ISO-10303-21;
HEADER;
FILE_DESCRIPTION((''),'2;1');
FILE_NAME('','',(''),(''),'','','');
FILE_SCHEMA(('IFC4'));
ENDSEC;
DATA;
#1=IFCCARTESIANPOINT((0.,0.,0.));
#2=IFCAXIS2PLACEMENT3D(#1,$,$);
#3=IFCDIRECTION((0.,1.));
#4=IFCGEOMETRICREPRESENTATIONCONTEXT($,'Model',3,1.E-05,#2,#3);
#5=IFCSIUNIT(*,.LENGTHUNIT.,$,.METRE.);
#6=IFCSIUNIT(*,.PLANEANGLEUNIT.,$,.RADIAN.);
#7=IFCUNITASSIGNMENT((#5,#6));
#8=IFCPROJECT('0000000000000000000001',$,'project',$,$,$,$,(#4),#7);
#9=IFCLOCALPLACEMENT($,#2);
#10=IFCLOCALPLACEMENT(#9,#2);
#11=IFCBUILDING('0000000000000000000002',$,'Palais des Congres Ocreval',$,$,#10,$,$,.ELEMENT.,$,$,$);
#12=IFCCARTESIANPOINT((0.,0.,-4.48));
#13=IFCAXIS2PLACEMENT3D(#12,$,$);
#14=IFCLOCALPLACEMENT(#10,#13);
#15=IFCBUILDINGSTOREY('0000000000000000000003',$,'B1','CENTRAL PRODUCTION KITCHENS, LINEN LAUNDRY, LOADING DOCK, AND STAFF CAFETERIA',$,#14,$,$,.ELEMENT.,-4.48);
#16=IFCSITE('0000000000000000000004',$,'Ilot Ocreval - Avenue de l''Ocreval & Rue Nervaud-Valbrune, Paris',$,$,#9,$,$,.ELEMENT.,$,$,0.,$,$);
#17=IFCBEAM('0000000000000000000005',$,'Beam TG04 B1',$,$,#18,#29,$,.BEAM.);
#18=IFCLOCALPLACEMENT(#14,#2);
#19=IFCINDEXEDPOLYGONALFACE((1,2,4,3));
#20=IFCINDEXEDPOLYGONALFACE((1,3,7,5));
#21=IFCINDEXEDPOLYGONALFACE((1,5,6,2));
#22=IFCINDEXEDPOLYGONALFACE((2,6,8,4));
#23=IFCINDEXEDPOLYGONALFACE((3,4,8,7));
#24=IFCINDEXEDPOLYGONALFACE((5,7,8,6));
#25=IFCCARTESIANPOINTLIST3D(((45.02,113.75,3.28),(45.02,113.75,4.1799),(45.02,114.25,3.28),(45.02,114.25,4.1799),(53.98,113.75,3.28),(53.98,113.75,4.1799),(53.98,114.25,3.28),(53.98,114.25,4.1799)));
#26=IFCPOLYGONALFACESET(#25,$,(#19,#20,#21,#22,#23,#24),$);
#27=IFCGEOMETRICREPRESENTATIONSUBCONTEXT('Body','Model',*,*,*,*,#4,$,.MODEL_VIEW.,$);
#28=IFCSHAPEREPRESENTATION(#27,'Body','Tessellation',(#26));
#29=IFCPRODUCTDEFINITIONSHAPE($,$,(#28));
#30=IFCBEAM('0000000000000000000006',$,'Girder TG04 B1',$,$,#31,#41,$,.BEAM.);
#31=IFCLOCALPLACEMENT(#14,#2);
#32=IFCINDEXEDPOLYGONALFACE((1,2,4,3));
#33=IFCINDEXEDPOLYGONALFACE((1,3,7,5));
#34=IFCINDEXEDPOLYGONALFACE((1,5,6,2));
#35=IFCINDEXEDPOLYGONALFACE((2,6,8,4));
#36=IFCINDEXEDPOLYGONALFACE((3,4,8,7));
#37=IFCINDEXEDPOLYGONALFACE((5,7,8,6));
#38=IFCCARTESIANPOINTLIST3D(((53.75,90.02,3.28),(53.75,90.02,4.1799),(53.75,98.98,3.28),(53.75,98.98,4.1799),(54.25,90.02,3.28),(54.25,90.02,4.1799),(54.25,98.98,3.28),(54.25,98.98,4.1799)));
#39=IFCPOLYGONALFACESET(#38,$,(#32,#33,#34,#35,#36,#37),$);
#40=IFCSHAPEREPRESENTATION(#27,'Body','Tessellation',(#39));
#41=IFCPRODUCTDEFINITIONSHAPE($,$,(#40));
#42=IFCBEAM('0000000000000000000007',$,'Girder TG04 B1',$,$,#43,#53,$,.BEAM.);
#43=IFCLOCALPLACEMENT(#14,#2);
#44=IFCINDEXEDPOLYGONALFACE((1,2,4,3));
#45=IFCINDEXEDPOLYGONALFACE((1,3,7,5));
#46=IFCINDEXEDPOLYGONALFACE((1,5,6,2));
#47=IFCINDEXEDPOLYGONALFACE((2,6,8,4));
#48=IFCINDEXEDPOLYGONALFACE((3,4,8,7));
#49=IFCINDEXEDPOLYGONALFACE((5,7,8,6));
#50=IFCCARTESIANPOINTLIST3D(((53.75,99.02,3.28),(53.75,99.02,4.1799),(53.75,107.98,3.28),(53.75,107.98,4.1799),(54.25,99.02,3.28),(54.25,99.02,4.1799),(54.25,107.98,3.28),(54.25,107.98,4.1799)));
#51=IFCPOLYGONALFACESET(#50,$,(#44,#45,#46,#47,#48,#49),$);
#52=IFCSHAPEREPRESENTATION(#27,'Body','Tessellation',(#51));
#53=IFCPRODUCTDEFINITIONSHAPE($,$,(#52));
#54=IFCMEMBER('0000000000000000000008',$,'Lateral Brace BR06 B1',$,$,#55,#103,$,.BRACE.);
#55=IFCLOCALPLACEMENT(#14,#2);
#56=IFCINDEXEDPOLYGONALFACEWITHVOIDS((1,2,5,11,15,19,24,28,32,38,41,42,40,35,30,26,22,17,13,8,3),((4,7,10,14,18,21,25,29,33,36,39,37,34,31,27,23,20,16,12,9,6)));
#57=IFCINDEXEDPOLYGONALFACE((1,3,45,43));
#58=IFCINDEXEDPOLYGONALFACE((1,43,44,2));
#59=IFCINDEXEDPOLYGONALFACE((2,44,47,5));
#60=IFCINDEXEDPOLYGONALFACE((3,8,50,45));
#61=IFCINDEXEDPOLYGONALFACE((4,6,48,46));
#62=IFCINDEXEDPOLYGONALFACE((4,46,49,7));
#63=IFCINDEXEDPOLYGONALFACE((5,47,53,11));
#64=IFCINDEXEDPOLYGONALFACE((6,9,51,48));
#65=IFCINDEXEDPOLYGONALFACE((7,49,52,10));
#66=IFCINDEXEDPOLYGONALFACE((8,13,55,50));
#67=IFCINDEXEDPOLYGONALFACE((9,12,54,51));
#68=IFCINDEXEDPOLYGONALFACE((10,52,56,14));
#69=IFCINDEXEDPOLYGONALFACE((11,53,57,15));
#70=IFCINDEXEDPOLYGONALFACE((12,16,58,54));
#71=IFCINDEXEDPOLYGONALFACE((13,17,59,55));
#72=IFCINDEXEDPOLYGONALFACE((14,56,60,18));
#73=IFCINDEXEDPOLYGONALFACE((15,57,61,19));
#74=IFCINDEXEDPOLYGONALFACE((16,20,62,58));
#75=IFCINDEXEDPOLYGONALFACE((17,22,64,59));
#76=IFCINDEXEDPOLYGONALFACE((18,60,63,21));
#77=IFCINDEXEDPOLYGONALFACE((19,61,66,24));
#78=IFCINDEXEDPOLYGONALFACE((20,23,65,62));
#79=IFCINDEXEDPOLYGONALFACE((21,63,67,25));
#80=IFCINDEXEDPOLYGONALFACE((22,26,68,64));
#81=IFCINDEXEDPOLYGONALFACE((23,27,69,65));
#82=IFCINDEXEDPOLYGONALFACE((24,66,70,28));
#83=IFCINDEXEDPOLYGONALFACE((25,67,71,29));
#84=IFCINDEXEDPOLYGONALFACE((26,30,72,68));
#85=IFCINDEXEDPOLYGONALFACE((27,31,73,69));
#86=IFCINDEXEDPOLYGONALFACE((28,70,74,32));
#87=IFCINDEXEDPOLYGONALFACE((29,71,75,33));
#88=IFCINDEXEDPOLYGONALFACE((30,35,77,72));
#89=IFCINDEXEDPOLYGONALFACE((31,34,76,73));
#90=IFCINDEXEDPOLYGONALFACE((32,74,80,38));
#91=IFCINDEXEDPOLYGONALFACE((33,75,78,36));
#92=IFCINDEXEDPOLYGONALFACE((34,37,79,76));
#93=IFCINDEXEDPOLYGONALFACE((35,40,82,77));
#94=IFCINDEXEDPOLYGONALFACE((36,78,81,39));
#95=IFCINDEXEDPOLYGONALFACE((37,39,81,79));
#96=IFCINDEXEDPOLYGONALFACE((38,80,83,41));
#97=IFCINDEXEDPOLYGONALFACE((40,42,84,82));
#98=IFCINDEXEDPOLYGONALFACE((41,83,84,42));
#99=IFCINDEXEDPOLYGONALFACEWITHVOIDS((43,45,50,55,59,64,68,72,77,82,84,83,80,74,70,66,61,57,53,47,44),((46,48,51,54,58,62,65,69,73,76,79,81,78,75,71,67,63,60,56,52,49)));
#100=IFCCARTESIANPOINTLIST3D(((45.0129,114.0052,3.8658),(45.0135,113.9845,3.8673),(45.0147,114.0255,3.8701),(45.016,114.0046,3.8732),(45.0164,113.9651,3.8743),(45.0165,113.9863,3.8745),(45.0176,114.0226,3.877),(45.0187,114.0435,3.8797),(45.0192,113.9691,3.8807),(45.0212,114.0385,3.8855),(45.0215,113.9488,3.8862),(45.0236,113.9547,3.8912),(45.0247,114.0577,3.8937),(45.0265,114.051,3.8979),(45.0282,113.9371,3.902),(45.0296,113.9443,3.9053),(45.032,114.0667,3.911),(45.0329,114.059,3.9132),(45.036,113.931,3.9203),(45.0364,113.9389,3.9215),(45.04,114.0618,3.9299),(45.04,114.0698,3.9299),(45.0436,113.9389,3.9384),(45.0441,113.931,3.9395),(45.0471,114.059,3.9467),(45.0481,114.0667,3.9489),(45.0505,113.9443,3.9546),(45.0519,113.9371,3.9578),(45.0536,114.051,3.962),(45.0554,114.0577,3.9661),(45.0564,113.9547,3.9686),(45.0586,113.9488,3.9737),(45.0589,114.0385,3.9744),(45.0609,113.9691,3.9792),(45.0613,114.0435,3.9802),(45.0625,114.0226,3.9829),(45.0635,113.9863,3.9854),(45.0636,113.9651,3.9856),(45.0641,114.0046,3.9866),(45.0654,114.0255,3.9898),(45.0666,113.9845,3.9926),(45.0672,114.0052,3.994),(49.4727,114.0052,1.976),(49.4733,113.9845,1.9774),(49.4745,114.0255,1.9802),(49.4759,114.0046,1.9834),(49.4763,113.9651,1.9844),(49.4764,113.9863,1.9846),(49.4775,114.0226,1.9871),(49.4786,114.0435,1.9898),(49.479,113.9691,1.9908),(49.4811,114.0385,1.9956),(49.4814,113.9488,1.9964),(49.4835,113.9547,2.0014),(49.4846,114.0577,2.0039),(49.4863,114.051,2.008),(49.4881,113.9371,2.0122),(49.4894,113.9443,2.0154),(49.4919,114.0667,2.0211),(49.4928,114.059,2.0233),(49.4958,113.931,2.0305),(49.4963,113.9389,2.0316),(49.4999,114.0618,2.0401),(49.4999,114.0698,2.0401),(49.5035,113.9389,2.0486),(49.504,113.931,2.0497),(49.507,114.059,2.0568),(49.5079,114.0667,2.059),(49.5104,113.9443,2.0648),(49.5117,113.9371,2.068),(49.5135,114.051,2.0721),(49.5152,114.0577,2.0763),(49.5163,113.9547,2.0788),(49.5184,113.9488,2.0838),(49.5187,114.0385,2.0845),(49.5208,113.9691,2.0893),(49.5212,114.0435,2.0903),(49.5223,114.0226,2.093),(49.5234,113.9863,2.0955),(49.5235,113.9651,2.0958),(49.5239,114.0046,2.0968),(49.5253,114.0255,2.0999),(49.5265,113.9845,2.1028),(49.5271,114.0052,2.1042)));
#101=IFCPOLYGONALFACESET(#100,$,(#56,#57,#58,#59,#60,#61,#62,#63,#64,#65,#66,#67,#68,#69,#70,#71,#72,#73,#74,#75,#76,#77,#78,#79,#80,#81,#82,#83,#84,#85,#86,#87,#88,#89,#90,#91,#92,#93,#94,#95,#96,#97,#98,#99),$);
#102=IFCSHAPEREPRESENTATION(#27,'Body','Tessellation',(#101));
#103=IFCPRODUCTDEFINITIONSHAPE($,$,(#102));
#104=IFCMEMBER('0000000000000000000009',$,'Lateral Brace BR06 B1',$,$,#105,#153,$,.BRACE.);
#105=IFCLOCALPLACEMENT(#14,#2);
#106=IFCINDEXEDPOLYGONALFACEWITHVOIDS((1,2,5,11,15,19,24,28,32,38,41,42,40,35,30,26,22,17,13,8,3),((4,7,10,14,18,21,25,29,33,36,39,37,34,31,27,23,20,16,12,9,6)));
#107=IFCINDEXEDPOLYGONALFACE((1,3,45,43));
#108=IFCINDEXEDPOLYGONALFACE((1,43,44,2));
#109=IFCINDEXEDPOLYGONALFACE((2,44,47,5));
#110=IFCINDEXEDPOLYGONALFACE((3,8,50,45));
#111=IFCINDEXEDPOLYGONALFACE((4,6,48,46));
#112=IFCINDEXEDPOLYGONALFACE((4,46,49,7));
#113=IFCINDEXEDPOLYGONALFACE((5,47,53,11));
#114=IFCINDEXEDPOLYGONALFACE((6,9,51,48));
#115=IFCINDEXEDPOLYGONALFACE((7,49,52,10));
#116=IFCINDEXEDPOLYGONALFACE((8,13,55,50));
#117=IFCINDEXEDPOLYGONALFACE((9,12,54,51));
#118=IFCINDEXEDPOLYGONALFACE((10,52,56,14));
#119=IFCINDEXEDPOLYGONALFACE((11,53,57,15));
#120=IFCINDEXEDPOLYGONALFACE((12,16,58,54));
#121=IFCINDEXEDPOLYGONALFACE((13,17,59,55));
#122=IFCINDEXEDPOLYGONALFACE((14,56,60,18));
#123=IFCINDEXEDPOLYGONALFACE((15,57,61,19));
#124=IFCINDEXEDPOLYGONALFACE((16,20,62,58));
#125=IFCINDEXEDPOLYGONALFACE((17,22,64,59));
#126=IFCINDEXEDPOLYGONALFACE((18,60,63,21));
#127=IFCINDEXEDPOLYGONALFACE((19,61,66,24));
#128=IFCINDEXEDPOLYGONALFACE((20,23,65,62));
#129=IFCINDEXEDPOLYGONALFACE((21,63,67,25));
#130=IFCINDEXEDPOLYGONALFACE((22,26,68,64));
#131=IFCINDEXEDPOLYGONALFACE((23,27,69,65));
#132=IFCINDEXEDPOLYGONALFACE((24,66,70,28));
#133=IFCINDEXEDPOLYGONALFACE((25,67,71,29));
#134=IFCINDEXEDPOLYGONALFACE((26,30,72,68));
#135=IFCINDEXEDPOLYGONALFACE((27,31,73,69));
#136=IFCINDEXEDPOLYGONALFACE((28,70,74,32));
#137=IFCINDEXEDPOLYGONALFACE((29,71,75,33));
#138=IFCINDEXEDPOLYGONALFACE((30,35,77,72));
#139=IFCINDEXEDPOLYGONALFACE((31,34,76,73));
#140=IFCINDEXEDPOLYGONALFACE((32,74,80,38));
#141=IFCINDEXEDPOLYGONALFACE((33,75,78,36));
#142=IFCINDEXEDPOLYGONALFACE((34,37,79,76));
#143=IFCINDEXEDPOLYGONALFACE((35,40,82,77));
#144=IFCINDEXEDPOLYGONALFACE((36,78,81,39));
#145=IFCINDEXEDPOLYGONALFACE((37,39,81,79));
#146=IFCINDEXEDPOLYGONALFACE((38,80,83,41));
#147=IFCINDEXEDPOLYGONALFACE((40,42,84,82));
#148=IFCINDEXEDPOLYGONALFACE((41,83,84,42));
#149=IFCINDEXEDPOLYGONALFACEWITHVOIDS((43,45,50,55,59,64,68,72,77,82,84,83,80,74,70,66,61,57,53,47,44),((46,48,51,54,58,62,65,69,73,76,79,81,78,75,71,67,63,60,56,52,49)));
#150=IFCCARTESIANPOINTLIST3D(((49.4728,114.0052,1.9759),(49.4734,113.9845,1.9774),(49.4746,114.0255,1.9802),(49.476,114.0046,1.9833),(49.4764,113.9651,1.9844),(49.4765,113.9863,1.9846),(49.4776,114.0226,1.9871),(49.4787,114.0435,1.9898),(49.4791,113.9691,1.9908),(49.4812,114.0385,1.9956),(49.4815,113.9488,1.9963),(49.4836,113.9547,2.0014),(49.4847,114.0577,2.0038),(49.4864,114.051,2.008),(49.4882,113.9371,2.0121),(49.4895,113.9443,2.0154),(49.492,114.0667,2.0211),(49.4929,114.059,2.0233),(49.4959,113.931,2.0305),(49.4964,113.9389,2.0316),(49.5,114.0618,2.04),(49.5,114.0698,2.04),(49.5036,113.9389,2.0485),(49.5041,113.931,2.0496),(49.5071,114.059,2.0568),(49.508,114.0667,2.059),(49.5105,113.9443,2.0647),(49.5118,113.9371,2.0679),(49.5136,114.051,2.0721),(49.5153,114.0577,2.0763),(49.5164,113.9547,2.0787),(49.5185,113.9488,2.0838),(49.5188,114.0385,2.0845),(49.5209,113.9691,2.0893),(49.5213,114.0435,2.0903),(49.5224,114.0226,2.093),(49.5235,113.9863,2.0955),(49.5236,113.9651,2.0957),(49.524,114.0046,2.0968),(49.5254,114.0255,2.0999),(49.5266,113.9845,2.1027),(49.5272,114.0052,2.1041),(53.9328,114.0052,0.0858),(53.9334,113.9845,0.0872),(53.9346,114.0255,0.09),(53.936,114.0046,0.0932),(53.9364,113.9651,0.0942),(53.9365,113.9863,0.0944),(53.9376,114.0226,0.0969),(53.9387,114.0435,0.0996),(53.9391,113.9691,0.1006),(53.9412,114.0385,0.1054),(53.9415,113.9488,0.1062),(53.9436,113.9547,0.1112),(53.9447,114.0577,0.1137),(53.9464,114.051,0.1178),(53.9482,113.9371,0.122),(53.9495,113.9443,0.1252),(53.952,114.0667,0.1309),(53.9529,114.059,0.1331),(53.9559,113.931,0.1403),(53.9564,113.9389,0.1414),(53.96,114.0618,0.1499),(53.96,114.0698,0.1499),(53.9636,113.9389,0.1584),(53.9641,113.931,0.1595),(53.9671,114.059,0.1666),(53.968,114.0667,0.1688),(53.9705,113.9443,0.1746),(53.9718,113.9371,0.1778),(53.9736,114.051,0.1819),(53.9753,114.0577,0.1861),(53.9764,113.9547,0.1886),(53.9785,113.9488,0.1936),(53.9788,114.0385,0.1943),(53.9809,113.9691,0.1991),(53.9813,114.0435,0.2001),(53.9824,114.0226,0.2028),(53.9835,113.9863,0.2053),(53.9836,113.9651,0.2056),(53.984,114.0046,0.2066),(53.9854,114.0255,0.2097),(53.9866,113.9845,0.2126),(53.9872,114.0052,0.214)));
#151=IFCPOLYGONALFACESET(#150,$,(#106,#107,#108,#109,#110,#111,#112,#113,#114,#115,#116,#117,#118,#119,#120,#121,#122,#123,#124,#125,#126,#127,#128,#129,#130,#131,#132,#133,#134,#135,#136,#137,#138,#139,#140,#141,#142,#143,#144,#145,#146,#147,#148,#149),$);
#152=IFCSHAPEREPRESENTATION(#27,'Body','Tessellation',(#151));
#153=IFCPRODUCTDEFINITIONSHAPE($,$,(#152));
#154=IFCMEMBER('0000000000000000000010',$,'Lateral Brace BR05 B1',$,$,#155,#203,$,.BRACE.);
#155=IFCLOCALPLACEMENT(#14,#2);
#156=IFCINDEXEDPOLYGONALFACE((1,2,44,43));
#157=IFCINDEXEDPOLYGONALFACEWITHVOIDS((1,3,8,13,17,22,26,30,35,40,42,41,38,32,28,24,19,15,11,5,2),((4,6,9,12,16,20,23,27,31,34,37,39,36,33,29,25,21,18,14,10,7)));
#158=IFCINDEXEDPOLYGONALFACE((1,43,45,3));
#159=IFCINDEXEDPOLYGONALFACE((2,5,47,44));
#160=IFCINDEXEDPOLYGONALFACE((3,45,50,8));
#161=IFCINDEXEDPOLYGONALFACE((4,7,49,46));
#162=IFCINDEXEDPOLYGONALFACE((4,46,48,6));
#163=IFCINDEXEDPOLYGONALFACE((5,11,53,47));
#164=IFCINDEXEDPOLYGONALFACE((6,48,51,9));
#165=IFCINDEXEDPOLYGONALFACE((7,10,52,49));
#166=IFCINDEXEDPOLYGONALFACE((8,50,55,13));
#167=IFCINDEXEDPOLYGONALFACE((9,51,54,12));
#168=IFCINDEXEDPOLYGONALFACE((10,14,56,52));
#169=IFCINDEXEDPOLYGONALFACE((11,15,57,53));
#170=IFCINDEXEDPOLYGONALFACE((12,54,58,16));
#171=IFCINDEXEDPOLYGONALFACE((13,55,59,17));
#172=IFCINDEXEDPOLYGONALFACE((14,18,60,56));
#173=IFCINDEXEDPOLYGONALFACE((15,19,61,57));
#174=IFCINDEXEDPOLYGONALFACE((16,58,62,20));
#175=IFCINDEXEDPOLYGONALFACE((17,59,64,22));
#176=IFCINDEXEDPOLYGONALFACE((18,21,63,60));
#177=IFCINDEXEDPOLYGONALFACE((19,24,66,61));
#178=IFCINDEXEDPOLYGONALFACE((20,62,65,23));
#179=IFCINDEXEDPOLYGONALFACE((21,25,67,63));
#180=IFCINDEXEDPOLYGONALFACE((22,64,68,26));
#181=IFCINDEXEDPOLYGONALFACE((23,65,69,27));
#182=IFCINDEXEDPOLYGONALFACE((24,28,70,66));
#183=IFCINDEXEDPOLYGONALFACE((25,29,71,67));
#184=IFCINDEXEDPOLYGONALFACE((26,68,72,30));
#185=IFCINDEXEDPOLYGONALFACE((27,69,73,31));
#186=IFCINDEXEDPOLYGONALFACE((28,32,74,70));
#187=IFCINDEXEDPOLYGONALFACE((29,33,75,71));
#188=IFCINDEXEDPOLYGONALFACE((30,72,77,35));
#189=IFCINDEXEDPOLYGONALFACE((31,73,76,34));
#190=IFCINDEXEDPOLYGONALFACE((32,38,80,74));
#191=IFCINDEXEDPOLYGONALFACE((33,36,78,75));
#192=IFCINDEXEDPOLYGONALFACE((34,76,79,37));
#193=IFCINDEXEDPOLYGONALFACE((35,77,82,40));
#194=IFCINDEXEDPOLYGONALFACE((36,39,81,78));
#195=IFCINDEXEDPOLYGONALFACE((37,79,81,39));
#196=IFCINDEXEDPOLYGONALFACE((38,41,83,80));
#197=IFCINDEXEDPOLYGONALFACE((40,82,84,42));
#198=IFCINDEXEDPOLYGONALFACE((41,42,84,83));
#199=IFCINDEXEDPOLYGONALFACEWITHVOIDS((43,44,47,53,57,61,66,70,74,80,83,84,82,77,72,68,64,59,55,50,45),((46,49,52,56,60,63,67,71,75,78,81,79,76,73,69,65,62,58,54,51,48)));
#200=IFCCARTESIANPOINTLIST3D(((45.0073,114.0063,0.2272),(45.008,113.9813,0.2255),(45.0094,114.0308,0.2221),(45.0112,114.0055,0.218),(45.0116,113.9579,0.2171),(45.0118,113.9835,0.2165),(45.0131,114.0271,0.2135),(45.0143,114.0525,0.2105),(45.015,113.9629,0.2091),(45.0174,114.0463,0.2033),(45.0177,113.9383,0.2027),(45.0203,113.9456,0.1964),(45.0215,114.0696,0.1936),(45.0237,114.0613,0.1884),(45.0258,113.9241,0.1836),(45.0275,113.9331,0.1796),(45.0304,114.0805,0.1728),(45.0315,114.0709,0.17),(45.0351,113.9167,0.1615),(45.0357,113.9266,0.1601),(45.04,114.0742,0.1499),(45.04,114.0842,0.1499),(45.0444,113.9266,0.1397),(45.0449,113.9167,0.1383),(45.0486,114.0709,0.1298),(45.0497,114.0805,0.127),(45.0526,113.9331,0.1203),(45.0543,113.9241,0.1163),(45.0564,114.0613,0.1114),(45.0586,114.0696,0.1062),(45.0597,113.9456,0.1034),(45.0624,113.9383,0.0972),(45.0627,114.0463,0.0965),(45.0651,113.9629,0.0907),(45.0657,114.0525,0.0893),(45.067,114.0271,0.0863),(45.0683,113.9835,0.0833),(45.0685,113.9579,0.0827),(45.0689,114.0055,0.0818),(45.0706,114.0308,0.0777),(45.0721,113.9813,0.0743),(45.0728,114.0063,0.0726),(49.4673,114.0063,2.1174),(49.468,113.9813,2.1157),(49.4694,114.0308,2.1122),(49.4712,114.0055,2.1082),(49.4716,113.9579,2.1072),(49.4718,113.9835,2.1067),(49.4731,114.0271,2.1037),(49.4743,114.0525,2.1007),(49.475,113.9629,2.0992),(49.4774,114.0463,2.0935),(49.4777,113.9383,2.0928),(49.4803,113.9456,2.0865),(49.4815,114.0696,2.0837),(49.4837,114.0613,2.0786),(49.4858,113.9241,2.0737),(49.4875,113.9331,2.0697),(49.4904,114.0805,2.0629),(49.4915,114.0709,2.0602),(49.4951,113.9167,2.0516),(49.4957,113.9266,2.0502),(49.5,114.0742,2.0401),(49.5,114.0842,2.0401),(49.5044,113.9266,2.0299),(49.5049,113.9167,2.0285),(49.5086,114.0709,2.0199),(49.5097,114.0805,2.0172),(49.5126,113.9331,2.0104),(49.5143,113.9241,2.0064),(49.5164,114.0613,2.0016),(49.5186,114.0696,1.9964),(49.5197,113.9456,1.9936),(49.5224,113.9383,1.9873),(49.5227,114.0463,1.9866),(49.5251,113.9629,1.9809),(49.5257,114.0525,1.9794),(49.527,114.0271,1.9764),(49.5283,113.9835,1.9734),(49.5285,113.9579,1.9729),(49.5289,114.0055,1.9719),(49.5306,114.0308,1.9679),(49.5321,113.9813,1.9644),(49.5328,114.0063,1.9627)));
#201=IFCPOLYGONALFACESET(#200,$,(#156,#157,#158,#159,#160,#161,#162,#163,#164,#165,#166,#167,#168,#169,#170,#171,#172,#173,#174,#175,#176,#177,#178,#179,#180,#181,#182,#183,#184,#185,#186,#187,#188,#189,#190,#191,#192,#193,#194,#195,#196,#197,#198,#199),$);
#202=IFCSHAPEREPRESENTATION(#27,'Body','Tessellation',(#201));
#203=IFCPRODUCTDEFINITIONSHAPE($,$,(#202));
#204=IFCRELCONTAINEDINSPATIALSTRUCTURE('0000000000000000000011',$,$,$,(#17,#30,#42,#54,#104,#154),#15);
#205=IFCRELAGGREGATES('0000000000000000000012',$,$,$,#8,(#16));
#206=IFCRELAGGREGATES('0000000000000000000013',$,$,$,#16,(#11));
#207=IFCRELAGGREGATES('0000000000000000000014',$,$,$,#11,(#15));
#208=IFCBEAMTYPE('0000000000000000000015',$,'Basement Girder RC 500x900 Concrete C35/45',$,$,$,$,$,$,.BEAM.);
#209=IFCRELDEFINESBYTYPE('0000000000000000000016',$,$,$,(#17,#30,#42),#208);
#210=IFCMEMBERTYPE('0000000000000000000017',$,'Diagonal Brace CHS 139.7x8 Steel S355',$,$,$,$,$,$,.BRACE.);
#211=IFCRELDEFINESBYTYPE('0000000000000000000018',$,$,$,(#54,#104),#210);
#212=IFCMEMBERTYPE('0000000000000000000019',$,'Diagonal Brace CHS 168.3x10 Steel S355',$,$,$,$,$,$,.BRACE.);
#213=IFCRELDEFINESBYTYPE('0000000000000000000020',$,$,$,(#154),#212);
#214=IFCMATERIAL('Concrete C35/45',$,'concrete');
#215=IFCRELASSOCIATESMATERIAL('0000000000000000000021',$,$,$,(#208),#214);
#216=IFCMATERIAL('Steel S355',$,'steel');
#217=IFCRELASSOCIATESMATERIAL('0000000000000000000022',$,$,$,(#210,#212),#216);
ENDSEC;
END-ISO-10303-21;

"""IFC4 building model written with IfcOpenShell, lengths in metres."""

from ifc_helpers import new_model, si_unit, direction, frame, origin, origin_2d, place, context, subcontext, project, spatial, rectangle, hollow_circle, extrude, material, material_profile, profile_set, type_object, element, save


model = new_model("IFC4")

# Units and contexts
model_context = context("Model", 3, precision=1e-05, world=origin(), true_north=direction((0.0, 1.0)))
body_context = subcontext(model_context, "Body", "Model", "MODEL_VIEW")
ifc_project = project(units=[si_unit("LENGTHUNIT", "METRE"), si_unit("PLANEANGLEUNIT", "RADIAN")], contexts=[model_context])

# Site, building, storey
site_placement = place(None, origin())
site = spatial("IfcSite", under=ifc_project, at=site_placement, Name="Ilot Ocreval - Avenue de l'Ocreval & Rue Nervaud-Valbrune, Paris", CompositionType="ELEMENT", RefElevation=0.0)
building_placement = place(site_placement, origin())
building = spatial("IfcBuilding", under=site, at=building_placement, Name="Palais des Congres Ocreval", CompositionType="ELEMENT")
storey_placement = place(building_placement, frame((0.0, 0.0, -4.48)))
storey = spatial("IfcBuildingStorey", under=building, at=storey_placement, Name="B1", Description="CENTRAL PRODUCTION KITCHENS, LINEN LAUNDRY, LOADING DOCK, AND STAFF CAFETERIA", CompositionType="ELEMENT", Elevation=-4.48)

# Shared definitions
ifc_material_1 = material(Name="Steel S355", Category="steel")

# Beams
ifc_material_2 = material(Name="Concrete C35/45", Category="concrete")
ifc_material_profile_1 = material_profile(ifc_material_2, rectangle(XDim=0.5, YDim=0.8999, at=origin_2d()), Name="RC 500x900")
ifc_profile_set_1 = profile_set([ifc_material_profile_1], Name="Concrete C35/45")
beam_type_1 = type_object("IfcBeamType", Name="Basement Girder RC 500x900 Concrete C35/45", PredefinedType="BEAM", material=ifc_profile_set_1)
for number, where, z_axis, x_axis, name in (
    (1, (45.02, 114.0, 3.73), (1.0, 0.0, 0.0), (0.0, 1.0, 0.0), "Beam TG04 B1"),
    (2, (54.0, 90.02, 3.73), (0.0, 1.0, 0.0), (-1.0, 0.0, 0.0), "Girder TG04 B1"),
    (3, (54.0, 99.02, 3.73), (0.0, 1.0, 0.0), (-1.0, 0.0, 0.0), "Girder TG04 B1"),
):
    element("IfcBeam", number, at=place(storey_placement, frame(where, z_axis=z_axis, x_axis=x_axis)), inside=storey, type_object=beam_type_1, Name=name, PredefinedType="BEAM", context=body_context, shape_type="SweptSolid", body=[
        extrude(rectangle(XDim=0.5, YDim=0.8999, at=origin_2d()), origin(), (0.0, 0.0, 1.0), 8.96),
    ])

# Members
ifc_material_profile_2 = material_profile(ifc_material_1, hollow_circle(Radius=0.0698, WallThickness=0.0081, at=origin_2d()), Name="CHS 139.7x8")
ifc_profile_set_2 = profile_set([ifc_material_profile_2], Name="Steel S355")
member_type_1 = type_object("IfcMemberType", Name="Diagonal Brace CHS 139.7x8 Steel S355", PredefinedType="BRACE", material=ifc_profile_set_2)
member_1_placement = place(storey_placement, frame((45.04, 114.0, 3.9299), z_axis=(0.920746, 0.0, -0.390163), x_axis=(0.0, 1.0, 0.0)))
element("IfcMember", 4, at=member_1_placement, inside=storey, type_object=member_type_1, Name="Lateral Brace BR06 B1", PredefinedType="BRACE", context=body_context, shape_type="SweptSolid", body=[
    extrude(hollow_circle(Radius=0.0698, WallThickness=0.0081, at=origin_2d()), origin(), (0.0, 0.0, 1.0), 4.8438),
])
member_2_placement = place(storey_placement, frame((49.5, 114.0, 2.04), z_axis=(0.920728, 0.0, -0.390206), x_axis=(0.0, 1.0, 0.0)))
element("IfcMember", 5, at=member_2_placement, inside=storey, type_object=member_type_1, Name="Lateral Brace BR06 B1", PredefinedType="BRACE", context=body_context, shape_type="SweptSolid", body=[
    extrude(hollow_circle(Radius=0.0698, WallThickness=0.0081, at=origin_2d()), origin(), (0.0, 0.0, 1.0), 4.844),
])
ifc_material_profile_3 = material_profile(ifc_material_1, hollow_circle(Radius=0.0842, WallThickness=0.01, at=origin_2d()), Name="CHS 168.3x10")
ifc_profile_set_3 = profile_set([ifc_material_profile_3], Name="Steel S355")
member_type_2 = type_object("IfcMemberType", Name="Diagonal Brace CHS 168.3x10 Steel S355", PredefinedType="BRACE", material=ifc_profile_set_3)
member_3_placement = place(storey_placement, frame((45.04, 114.0, 0.1499), z_axis=(0.920728, 0.0, 0.390206), x_axis=(0.0, 1.0, 0.0)))
element("IfcMember", 6, at=member_3_placement, inside=storey, type_object=member_type_2, Name="Lateral Brace BR05 B1", PredefinedType="BRACE", context=body_context, shape_type="SweptSolid", body=[
    extrude(hollow_circle(Radius=0.0842, WallThickness=0.01, at=origin_2d()), origin(), (0.0, 0.0, 1.0), 4.844),
])

save(model, "model.ifc")
